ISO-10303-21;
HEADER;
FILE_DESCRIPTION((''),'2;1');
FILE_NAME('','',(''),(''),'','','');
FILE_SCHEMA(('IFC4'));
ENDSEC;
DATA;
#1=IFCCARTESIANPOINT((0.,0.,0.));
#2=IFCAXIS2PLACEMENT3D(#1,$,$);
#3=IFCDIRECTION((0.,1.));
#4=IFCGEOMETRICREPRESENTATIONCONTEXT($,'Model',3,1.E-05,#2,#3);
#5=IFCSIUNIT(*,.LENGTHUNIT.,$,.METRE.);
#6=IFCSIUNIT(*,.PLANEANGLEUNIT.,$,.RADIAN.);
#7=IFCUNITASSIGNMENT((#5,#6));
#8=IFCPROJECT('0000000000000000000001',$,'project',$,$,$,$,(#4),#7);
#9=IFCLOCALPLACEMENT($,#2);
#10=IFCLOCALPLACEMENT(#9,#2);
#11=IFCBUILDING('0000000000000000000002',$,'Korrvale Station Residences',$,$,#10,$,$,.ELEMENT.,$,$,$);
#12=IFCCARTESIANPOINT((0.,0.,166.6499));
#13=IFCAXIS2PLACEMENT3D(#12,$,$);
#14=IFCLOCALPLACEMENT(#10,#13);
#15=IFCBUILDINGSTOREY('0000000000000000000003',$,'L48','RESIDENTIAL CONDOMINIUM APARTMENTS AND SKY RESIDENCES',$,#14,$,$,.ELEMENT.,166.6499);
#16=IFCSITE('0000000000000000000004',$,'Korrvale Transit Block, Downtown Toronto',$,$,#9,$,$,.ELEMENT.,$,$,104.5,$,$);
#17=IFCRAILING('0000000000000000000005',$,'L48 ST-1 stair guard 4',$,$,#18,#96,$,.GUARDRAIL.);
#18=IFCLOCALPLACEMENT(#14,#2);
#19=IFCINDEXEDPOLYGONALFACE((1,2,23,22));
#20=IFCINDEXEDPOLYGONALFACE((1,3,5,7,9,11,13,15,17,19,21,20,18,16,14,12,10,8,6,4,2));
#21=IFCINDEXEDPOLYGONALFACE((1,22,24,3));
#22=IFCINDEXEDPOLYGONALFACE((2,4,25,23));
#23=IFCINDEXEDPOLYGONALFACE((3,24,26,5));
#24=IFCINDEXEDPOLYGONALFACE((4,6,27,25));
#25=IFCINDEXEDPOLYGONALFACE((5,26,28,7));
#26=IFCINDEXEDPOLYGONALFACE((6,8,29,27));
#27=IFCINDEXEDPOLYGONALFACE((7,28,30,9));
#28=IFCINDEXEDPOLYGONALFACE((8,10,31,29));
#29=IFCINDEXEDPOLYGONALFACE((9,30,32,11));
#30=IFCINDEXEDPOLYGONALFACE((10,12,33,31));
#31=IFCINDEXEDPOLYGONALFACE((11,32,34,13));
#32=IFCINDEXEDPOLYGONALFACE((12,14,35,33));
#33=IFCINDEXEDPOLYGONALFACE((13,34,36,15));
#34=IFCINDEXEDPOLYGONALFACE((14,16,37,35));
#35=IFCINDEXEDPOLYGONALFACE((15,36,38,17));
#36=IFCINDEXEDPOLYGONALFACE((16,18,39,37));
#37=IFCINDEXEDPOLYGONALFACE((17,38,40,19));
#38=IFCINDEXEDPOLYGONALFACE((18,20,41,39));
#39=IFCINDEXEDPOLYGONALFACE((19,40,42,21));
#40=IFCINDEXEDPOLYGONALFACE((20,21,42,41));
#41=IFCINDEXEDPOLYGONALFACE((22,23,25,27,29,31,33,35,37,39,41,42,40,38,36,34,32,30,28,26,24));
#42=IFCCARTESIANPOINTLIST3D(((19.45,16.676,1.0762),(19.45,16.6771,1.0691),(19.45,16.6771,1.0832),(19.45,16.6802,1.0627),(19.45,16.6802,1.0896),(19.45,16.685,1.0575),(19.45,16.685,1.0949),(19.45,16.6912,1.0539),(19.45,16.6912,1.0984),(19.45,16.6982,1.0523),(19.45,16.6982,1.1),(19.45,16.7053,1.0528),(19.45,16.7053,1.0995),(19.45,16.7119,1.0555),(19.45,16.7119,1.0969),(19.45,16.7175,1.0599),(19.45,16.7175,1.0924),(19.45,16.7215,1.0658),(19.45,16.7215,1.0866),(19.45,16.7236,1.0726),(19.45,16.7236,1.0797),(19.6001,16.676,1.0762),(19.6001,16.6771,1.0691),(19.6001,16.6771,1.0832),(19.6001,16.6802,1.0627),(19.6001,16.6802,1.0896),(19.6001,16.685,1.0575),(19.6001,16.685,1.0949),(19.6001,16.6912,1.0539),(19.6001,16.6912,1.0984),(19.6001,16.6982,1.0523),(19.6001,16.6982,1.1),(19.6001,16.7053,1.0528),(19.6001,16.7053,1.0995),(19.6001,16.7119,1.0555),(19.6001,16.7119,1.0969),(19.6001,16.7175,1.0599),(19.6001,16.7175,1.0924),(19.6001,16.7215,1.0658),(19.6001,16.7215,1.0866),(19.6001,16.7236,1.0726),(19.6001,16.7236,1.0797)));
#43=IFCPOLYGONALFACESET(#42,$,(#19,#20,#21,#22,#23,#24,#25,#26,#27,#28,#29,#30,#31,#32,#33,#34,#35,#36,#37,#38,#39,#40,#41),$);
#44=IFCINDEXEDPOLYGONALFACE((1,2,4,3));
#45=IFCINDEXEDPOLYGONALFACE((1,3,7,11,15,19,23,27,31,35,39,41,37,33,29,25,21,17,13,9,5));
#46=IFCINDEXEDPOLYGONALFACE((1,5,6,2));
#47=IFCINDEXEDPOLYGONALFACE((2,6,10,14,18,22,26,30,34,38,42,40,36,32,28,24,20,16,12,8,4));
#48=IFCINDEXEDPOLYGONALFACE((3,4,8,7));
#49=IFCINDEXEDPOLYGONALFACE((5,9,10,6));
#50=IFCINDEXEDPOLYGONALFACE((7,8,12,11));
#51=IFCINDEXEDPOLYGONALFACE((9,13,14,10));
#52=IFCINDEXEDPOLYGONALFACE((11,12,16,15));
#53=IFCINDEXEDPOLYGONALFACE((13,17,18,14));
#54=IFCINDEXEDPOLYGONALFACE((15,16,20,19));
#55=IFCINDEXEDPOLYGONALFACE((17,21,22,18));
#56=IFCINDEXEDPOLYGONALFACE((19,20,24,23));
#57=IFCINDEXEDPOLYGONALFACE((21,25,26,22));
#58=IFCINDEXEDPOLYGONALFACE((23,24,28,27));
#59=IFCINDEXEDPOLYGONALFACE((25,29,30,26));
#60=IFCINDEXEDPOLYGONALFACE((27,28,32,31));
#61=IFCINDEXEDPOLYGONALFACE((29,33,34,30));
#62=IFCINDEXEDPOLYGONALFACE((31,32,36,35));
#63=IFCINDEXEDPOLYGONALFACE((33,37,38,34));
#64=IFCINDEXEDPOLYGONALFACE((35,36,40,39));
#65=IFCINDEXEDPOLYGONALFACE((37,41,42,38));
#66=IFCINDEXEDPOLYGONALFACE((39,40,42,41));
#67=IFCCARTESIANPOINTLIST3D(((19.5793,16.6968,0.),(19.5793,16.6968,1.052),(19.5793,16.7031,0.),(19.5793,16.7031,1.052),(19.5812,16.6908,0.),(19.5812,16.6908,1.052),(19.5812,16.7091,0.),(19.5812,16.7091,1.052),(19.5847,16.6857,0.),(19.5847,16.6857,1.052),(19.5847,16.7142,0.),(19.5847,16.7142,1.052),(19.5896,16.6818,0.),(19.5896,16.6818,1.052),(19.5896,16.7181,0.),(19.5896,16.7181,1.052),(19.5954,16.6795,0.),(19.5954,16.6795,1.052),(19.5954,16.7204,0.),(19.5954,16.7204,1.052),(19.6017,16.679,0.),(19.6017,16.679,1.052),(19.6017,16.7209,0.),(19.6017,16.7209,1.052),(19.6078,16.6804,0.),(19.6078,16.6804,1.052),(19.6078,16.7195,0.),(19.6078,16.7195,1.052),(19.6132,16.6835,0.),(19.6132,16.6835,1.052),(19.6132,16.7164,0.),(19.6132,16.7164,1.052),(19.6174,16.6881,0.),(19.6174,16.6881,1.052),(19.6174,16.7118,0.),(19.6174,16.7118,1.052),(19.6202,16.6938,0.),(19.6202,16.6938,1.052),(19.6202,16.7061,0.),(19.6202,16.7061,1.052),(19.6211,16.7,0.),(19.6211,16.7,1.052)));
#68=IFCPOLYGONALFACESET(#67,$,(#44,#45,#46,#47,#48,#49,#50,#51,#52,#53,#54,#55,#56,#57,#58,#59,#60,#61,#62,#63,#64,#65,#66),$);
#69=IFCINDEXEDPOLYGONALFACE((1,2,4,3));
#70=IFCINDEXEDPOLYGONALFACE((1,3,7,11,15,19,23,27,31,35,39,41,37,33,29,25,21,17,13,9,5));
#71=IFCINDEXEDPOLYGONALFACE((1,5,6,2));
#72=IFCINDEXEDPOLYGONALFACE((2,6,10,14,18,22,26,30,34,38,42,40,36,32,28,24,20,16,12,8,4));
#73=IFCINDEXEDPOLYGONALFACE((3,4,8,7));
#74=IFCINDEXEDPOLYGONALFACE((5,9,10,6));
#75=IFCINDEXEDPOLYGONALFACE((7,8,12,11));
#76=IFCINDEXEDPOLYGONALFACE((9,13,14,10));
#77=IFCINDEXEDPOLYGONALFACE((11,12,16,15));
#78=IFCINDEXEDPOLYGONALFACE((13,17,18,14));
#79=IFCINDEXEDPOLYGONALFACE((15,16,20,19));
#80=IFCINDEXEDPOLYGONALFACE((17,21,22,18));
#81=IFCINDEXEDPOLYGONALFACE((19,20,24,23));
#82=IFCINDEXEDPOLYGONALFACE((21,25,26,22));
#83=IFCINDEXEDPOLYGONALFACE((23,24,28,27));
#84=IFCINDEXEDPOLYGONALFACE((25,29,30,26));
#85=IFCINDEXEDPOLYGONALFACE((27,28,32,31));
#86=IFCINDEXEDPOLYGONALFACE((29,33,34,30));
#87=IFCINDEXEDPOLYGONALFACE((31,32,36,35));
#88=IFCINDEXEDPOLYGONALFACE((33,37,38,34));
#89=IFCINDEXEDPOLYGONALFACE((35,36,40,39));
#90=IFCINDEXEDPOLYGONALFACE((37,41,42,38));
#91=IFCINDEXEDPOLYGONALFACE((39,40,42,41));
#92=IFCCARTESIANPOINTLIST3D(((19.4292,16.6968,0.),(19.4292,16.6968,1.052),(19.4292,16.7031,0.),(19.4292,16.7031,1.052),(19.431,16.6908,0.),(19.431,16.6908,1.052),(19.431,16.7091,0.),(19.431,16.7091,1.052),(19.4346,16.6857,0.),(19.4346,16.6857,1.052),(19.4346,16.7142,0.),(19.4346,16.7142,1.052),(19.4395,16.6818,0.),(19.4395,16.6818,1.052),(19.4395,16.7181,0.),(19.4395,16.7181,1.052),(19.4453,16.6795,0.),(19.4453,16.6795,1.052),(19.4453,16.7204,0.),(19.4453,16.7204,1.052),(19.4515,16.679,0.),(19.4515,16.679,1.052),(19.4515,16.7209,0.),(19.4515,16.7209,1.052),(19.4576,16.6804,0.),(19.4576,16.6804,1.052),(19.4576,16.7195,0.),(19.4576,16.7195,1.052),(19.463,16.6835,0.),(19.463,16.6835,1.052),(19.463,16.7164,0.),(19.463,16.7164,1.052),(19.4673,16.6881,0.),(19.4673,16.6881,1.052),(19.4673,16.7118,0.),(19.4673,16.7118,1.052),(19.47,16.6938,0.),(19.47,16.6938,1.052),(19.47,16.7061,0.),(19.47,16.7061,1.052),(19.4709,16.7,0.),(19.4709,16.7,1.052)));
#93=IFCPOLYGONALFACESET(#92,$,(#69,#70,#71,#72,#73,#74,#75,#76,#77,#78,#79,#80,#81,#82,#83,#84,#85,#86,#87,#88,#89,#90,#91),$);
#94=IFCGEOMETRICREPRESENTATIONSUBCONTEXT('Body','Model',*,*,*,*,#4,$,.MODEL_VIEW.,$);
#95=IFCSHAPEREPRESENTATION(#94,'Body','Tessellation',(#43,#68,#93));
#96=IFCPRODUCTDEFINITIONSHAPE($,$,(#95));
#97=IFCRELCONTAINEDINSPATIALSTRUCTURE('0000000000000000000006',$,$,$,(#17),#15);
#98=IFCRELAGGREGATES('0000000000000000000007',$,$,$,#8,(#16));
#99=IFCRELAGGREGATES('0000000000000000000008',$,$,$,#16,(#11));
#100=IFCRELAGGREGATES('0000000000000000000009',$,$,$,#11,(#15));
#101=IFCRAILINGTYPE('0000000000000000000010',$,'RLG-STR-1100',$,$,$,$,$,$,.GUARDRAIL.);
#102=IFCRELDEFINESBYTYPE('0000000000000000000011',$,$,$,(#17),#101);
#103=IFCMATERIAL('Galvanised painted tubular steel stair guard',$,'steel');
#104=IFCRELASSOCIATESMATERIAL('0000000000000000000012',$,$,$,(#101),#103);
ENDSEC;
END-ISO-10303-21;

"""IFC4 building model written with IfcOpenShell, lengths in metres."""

from ifc_helpers import new_model, si_unit, direction, frame, origin, origin_2d, place, context, subcontext, project, spatial, circle, extrude, material, type_object, element, save


model = new_model("IFC4")

# Units and contexts
model_context = context("Model", 3, precision=1e-05, world=origin(), true_north=direction((0.0, 1.0)))
body_context = subcontext(model_context, "Body", "Model", "MODEL_VIEW")
ifc_project = project(units=[si_unit("LENGTHUNIT", "METRE"), si_unit("PLANEANGLEUNIT", "RADIAN")], contexts=[model_context])

# Site, building, storey
site_placement = place(None, origin())
site = spatial("IfcSite", under=ifc_project, at=site_placement, Name="Korrvale Transit Block, Downtown Toronto", CompositionType="ELEMENT", RefElevation=104.5)
building_placement = place(site_placement, origin())
building = spatial("IfcBuilding", under=site, at=building_placement, Name="Korrvale Station Residences", CompositionType="ELEMENT")
storey_placement = place(building_placement, frame((0.0, 0.0, 166.6499)))
storey = spatial("IfcBuildingStorey", under=building, at=storey_placement, Name="L48", Description="RESIDENTIAL CONDOMINIUM APARTMENTS AND SKY RESIDENCES", CompositionType="ELEMENT", Elevation=166.6499)

# Railing
ifc_material_1 = material(Name="Galvanised painted tubular steel stair guard", Category="steel")
railing_type_1 = type_object("IfcRailingType", Name="RLG-STR-1100", PredefinedType="GUARDRAIL", material=ifc_material_1)
railing_1_placement = place(storey_placement, frame((19.6001, 16.7, 0.0)))
element("IfcRailing", 1, at=railing_1_placement, inside=storey, type_object=railing_type_1, Name="L48 ST-1 stair guard 4", PredefinedType="GUARDRAIL", context=body_context, shape_type="SweptSolid", body=[
    extrude(circle(Radius=0.0239, at=origin_2d()), frame((0.0, 0.0, 1.0762), z_axis=(-1.0, 0.0, 0.0), x_axis=(0.0, -1.0, 0.0)), (0.0, 0.0, 1.0), 0.1501),
    extrude(circle(Radius=0.021, at=origin_2d()), origin(), (0.0, 0.0, 1.0), 1.052),
    extrude(circle(Radius=0.021, at=origin_2d()), frame((-0.1501, 0.0, 0.0)), (0.0, 0.0, 1.0), 1.052),
])

save(model, "model.ifc")
